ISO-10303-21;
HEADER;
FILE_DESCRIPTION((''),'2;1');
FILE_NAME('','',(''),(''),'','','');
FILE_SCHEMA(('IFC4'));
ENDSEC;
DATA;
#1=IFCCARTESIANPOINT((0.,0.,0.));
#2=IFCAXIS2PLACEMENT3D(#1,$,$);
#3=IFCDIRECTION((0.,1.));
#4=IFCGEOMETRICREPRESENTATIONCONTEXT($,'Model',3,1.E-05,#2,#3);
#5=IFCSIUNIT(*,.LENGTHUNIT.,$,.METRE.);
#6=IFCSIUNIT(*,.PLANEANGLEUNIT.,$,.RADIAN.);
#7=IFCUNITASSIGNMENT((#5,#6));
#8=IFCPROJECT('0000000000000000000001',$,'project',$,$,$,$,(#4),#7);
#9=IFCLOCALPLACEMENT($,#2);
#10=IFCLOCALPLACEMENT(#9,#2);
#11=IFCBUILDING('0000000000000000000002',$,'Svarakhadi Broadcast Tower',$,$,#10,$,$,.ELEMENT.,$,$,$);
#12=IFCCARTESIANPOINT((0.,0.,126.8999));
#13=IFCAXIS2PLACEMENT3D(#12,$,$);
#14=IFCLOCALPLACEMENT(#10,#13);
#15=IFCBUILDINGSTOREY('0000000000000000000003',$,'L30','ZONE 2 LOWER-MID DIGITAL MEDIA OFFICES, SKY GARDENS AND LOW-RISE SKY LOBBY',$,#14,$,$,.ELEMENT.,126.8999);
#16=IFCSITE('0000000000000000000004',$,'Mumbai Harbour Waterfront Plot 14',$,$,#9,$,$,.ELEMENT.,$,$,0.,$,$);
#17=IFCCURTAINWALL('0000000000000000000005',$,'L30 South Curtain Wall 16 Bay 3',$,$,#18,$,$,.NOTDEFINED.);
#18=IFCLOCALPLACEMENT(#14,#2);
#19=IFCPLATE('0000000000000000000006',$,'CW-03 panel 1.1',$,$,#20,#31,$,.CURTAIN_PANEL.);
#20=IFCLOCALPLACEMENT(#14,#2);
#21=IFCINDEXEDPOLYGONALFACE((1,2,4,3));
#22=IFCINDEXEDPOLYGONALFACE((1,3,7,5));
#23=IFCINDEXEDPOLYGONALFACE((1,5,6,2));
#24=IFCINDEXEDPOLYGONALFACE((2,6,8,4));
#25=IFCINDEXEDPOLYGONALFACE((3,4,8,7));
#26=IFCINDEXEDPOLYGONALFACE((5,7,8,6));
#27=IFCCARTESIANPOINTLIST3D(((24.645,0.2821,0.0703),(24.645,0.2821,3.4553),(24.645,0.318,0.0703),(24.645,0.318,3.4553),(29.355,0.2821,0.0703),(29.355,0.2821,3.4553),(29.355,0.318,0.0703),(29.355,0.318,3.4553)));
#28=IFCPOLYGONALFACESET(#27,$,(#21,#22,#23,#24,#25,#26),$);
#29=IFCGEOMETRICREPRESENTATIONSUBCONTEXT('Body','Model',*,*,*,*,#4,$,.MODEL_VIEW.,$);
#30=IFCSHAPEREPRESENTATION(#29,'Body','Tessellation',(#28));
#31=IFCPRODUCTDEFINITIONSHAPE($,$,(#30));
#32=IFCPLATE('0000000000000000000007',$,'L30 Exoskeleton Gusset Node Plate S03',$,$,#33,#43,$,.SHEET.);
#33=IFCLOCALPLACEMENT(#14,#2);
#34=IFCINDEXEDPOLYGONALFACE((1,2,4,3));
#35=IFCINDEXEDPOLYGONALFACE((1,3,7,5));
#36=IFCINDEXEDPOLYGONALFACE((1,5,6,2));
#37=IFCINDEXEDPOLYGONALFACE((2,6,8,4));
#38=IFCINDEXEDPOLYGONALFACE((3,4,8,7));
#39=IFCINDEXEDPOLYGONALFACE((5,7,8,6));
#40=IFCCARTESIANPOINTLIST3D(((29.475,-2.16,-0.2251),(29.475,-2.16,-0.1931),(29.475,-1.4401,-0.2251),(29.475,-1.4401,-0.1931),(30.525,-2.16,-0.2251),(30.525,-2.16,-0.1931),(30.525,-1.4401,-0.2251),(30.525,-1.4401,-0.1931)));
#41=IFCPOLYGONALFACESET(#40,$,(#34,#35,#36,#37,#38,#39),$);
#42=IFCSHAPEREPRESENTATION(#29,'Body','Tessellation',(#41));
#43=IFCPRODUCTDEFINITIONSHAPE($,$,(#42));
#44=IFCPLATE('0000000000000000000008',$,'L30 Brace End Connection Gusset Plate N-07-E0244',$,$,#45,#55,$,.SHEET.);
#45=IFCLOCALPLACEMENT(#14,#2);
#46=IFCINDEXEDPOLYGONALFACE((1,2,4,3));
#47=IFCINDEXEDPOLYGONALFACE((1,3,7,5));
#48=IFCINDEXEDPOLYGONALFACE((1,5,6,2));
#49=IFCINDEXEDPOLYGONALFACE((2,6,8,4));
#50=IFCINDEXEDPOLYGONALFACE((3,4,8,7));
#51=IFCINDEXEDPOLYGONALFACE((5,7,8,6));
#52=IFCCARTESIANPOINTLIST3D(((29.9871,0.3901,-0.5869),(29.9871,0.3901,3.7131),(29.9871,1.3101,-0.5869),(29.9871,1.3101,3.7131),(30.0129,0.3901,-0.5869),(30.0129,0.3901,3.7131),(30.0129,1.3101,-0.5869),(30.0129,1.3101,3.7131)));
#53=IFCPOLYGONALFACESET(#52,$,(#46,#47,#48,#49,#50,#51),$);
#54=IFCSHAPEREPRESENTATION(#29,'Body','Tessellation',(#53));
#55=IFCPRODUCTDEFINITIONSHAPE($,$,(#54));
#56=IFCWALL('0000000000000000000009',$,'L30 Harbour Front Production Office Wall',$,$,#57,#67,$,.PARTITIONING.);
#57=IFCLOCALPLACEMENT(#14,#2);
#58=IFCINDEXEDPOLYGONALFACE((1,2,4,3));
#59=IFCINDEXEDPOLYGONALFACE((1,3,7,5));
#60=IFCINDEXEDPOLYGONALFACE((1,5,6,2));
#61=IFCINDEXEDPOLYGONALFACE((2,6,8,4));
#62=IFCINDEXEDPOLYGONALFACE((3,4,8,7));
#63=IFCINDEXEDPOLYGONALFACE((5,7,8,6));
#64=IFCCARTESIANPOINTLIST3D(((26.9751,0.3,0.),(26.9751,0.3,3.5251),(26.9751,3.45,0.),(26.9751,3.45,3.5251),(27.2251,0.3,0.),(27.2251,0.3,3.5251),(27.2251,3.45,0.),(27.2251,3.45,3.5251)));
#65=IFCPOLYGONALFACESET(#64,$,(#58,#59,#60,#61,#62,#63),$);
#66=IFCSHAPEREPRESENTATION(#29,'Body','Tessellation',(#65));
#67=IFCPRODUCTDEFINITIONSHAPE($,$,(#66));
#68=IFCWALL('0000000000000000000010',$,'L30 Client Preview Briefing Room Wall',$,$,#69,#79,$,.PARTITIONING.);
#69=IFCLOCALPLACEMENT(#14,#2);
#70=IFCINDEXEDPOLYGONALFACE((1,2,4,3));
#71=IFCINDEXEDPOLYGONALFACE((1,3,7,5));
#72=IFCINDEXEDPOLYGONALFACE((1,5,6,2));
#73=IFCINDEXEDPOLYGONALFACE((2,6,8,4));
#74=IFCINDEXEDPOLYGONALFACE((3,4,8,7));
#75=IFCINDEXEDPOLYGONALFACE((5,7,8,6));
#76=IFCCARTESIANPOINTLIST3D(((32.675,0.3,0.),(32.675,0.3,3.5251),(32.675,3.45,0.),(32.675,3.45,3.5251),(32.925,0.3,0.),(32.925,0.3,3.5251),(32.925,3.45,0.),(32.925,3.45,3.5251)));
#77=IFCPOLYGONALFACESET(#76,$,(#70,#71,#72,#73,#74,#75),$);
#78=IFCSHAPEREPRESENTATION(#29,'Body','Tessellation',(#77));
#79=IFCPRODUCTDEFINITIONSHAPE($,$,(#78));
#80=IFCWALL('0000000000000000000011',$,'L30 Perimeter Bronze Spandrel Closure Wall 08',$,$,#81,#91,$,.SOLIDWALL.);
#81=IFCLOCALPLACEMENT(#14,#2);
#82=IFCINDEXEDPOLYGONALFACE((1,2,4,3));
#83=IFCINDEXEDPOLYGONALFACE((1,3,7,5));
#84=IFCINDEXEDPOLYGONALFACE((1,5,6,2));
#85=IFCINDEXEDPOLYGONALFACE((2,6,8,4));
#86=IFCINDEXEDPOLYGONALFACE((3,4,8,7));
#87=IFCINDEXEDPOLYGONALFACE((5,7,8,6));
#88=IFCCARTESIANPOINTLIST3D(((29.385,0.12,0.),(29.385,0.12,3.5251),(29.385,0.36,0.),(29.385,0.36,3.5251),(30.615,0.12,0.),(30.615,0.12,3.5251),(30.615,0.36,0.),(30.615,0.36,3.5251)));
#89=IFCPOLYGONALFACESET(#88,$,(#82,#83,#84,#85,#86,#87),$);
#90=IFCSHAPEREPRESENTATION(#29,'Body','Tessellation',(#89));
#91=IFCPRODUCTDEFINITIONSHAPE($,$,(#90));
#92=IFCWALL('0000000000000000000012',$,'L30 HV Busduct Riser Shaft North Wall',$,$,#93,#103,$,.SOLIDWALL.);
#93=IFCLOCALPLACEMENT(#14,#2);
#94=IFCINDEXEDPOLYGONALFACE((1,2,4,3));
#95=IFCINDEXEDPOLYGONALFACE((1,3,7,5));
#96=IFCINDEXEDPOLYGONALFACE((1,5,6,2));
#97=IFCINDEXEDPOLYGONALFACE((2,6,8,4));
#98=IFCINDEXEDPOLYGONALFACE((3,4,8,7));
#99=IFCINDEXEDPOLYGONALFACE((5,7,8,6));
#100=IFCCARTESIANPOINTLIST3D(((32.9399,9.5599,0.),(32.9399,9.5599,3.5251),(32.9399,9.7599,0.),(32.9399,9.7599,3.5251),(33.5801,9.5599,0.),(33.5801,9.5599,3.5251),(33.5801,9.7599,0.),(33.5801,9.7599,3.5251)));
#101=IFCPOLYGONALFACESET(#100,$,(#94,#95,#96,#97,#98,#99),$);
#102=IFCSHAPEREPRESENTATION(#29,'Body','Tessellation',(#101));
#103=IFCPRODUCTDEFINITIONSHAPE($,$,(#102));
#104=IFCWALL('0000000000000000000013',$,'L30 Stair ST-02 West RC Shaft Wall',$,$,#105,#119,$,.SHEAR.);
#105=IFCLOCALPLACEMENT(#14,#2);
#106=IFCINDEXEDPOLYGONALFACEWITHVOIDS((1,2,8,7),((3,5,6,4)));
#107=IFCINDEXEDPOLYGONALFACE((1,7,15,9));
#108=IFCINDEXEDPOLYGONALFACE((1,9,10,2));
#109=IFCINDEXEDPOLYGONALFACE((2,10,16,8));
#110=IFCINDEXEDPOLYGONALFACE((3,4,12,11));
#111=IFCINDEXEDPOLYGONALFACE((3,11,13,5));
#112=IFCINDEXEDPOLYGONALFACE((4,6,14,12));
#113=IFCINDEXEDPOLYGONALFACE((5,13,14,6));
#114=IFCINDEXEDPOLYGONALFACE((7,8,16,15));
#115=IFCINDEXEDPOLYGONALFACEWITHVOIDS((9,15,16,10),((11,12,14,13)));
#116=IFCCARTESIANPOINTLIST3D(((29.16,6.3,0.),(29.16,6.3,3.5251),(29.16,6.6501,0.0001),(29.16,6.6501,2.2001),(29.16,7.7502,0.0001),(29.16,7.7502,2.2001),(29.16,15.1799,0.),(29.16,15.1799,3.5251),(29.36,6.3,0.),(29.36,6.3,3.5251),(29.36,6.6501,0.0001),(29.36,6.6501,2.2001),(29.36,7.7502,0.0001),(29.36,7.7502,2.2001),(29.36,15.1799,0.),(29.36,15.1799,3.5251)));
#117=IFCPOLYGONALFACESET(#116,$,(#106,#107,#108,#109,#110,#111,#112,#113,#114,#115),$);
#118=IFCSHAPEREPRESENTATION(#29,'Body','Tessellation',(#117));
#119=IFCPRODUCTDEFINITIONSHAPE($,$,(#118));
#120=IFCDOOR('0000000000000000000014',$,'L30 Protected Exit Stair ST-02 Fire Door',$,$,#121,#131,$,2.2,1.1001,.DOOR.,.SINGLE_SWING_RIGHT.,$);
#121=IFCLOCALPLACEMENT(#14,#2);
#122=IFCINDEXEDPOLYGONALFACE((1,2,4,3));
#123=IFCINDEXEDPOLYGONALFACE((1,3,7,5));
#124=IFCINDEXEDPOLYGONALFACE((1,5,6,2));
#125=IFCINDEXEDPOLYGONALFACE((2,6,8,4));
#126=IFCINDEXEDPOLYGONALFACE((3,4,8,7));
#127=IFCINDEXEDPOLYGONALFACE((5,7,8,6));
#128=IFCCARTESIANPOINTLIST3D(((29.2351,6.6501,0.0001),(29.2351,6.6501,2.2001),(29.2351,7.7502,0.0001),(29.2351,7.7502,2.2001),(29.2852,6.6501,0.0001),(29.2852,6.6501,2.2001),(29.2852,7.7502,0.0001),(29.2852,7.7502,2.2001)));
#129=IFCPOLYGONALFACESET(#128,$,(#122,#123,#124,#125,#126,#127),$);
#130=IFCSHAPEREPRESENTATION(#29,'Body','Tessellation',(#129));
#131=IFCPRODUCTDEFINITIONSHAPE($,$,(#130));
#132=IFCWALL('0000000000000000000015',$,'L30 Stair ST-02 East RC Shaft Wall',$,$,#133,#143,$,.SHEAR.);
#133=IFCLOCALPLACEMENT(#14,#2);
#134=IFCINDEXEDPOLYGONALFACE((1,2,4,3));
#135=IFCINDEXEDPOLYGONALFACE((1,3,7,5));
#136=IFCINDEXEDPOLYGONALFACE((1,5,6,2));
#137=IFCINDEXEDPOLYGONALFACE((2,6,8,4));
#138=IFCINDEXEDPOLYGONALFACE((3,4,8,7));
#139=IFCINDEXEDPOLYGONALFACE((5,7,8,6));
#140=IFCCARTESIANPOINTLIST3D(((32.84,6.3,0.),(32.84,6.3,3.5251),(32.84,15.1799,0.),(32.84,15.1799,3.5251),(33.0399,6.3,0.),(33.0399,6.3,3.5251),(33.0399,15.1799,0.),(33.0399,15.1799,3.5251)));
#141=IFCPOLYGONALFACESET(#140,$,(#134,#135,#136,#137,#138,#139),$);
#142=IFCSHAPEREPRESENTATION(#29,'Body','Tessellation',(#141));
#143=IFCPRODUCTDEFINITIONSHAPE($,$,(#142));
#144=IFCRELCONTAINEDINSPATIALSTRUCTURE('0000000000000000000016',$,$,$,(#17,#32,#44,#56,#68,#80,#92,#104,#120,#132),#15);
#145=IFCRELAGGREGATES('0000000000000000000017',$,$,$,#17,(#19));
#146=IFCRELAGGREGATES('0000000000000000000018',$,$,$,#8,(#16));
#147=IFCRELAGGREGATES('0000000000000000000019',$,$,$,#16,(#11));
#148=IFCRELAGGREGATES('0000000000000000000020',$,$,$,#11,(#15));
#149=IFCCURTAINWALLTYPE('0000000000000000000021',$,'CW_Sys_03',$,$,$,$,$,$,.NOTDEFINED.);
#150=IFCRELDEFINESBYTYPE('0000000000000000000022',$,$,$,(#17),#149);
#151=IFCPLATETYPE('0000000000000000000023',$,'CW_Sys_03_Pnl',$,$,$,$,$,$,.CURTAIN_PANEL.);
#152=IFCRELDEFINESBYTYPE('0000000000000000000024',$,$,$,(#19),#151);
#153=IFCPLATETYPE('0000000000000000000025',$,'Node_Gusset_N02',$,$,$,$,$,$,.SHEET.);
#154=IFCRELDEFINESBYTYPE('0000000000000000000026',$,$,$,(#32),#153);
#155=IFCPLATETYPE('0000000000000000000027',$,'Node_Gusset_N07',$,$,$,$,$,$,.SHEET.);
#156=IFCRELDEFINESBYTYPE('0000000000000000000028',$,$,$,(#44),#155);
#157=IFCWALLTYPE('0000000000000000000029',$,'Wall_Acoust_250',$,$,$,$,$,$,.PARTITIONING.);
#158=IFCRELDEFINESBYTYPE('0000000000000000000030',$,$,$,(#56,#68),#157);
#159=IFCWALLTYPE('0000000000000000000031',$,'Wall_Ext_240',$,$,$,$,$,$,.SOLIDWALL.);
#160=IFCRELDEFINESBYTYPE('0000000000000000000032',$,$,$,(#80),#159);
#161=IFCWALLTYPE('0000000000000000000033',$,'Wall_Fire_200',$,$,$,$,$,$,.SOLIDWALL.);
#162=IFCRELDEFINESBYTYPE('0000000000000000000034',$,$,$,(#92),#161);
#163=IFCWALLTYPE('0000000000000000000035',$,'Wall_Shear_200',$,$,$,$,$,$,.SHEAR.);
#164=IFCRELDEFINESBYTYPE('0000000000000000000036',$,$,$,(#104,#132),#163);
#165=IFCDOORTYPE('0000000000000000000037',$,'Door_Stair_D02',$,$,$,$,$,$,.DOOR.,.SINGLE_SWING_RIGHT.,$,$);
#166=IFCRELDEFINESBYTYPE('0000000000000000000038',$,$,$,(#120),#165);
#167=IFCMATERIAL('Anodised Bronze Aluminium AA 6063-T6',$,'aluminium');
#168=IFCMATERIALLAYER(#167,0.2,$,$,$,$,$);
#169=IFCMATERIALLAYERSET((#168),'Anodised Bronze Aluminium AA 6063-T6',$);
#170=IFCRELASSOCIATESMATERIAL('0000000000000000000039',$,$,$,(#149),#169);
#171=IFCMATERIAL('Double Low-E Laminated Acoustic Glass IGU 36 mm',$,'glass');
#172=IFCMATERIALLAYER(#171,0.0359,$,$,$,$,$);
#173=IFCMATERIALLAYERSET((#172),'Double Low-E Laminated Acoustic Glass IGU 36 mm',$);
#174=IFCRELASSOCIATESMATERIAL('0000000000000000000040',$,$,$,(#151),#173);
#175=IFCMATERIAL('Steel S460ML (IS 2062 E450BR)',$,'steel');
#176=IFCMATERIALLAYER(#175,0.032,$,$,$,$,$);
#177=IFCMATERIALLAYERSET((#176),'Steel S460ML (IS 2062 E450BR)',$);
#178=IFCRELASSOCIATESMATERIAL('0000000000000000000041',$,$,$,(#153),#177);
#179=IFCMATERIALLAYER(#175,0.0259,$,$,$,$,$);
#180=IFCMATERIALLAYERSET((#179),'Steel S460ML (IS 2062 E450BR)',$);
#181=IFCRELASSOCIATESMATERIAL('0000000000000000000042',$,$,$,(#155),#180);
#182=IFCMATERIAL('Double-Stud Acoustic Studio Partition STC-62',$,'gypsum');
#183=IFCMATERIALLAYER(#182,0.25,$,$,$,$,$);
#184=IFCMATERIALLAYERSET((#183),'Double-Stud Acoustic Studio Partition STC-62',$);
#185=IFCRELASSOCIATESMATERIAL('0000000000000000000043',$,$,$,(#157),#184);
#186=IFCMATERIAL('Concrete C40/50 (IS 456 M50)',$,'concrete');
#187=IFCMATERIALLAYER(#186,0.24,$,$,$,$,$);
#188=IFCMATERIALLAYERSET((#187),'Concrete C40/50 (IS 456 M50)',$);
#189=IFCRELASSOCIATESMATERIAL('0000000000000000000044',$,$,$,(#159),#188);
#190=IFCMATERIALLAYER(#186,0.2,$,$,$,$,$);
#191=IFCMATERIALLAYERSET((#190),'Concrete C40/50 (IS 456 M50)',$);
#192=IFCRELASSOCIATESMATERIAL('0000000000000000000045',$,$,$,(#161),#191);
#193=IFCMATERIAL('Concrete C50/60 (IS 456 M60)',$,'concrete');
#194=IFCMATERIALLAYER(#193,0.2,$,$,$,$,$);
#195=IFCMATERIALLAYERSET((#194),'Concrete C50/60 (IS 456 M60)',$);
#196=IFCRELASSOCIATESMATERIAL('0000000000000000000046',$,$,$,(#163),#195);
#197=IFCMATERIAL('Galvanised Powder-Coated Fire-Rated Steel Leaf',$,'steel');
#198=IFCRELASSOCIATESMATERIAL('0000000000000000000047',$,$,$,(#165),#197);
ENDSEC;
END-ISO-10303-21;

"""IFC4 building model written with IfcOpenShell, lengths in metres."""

from ifc_helpers import new_model, si_unit, direction, frame, frame_2d, origin, origin_2d, place, context, subcontext, project, spatial, rectangle, extrude, material, layer, layer_set, type_object, element, fill, aggregate, save


model = new_model("IFC4")

# Units and contexts
model_context = context("Model", 3, precision=1e-05, world=origin(), true_north=direction((0.0, 1.0)))
body_context = subcontext(model_context, "Body", "Model", "MODEL_VIEW")
ifc_project = project(units=[si_unit("LENGTHUNIT", "METRE"), si_unit("PLANEANGLEUNIT", "RADIAN")], contexts=[model_context])

# Site, building, storey
site_placement = place(None, origin())
site = spatial("IfcSite", under=ifc_project, at=site_placement, Name="Mumbai Harbour Waterfront Plot 14", CompositionType="ELEMENT", RefElevation=0.0)
building_placement = place(site_placement, origin())
building = spatial("IfcBuilding", under=site, at=building_placement, Name="Svarakhadi Broadcast Tower", CompositionType="ELEMENT")
storey_placement = place(building_placement, frame((0.0, 0.0, 126.8999)))
storey = spatial("IfcBuildingStorey", under=building, at=storey_placement, Name="L30", Description="ZONE 2 LOWER-MID DIGITAL MEDIA OFFICES, SKY GARDENS AND LOW-RISE SKY LOBBY", CompositionType="ELEMENT", Elevation=126.8999)

# Shared definitions
ifc_material_1 = material(Name="Concrete C50/60 (IS 456 M60)", Category="concrete")

# Shared definitions
ifc_material_2 = material(Name="Anodised Bronze Aluminium AA 6063-T6", Category="aluminium")
ifc_layer_1 = layer(ifc_material_2, 0.2)
ifc_layer_set_1 = layer_set([ifc_layer_1], Name="Anodised Bronze Aluminium AA 6063-T6")
curtain_wall_type = type_object("IfcCurtainWallType", Name="CW_Sys_03", PredefinedType="NOTDEFINED", material=ifc_layer_set_1)

# Curtain wall
curtain_wall_1_placement = place(storey_placement, origin())
curtain_wall_1 = element("IfcCurtainWall", 1, at=curtain_wall_1_placement, inside=storey, type_object=curtain_wall_type, Name="L30 South Curtain Wall 16 Bay 3", PredefinedType="NOTDEFINED")

# Shared definitions
ifc_material_3 = material(Name="Steel S460ML (IS 2062 E450BR)", Category="steel")

# Plate
ifc_material_4 = material(Name="Double Low-E Laminated Acoustic Glass IGU 36 mm", Category="glass")
ifc_layer_2 = layer(ifc_material_4, 0.0359)
ifc_layer_set_2 = layer_set([ifc_layer_2], Name="Double Low-E Laminated Acoustic Glass IGU 36 mm")
plate_type_1 = type_object("IfcPlateType", Name="CW_Sys_03_Pnl", PredefinedType="CURTAIN_PANEL", material=ifc_layer_set_2)
plate_1_placement = place(storey_placement, frame((27.0, 0.3, 0.0703), z_axis=(0.0, 0.0, 1.0), x_axis=(-1.0, 0.0, 0.0)))
plate_1 = element("IfcPlate", 2, at=plate_1_placement, type_object=plate_type_1, Name="CW-03 panel 1.1", PredefinedType="CURTAIN_PANEL", context=body_context, shape_type="SweptSolid", body=[
    extrude(rectangle(XDim=4.71, YDim=0.0359, at=origin_2d()), origin(), (0.0, 0.0, 1.0), 3.385),
])
aggregate(curtain_wall_1, [plate_1])

# Plates
ifc_layer_3 = layer(ifc_material_3, 0.032)
ifc_layer_set_3 = layer_set([ifc_layer_3], Name="Steel S460ML (IS 2062 E450BR)")
plate_type_2 = type_object("IfcPlateType", Name="Node_Gusset_N02", PredefinedType="SHEET", material=ifc_layer_set_3)
plate_2_placement = place(storey_placement, frame((30.0, -1.8, -0.2251), z_axis=(0.0, 0.0, 1.0), x_axis=(1.0, 0.0, 0.0)))
element("IfcPlate", 3, at=plate_2_placement, inside=storey, type_object=plate_type_2, Name="L30 Exoskeleton Gusset Node Plate S03", PredefinedType="SHEET", context=body_context, shape_type="SweptSolid", body=[
    extrude(rectangle(XDim=1.05, YDim=0.72, at=origin_2d()), origin(), (0.0, 0.0, 1.0), 0.032),
])
ifc_layer_4 = layer(ifc_material_3, 0.0259)
ifc_layer_set_4 = layer_set([ifc_layer_4], Name="Steel S460ML (IS 2062 E450BR)")
plate_type_3 = type_object("IfcPlateType", Name="Node_Gusset_N07", PredefinedType="SHEET", material=ifc_layer_set_4)
plate_3_placement = place(storey_placement, frame((30.0, 0.8501, -0.5869), z_axis=(0.0, 0.0, 1.0), x_axis=(0.0, 1.0, 0.0)))
element("IfcPlate", 4, at=plate_3_placement, inside=storey, type_object=plate_type_3, Name="L30 Brace End Connection Gusset Plate N-07-E0244", PredefinedType="SHEET", context=body_context, shape_type="SweptSolid", body=[
    extrude(rectangle(XDim=0.9199, YDim=0.0259, at=origin_2d()), origin(), (0.0, 0.0, 1.0), 4.3),
])

# Walls
ifc_material_5 = material(Name="Double-Stud Acoustic Studio Partition STC-62", Category="gypsum")
ifc_layer_5 = layer(ifc_material_5, 0.25)
ifc_layer_set_5 = layer_set([ifc_layer_5], Name="Double-Stud Acoustic Studio Partition STC-62")
wall_type_1 = type_object("IfcWallType", Name="Wall_Acoust_250", PredefinedType="PARTITIONING", material=ifc_layer_set_5)
for number, where, z_axis, x_axis, name in (
    (5, (27.1001, 0.3, 0.0), (0.0, 0.0, 1.0), (0.0, 1.0, 0.0), "L30 Harbour Front Production Office Wall"),
    (6, (32.8, 0.3, 0.0), (0.0, 0.0, 1.0), (0.0, 1.0, 0.0), "L30 Client Preview Briefing Room Wall"),
):
    element("IfcWall", number, at=place(storey_placement, frame(where, z_axis=z_axis, x_axis=x_axis)), inside=storey, type_object=wall_type_1, Name=name, PredefinedType="PARTITIONING", context=body_context, shape_type="SweptSolid", body=[
        extrude(rectangle(XDim=3.1499, YDim=0.25, at=frame_2d((1.575, 0.0))), origin(), (0.0, 0.0, 1.0), 3.5251),
    ])
ifc_material_6 = material(Name="Concrete C40/50 (IS 456 M50)", Category="concrete")
ifc_layer_6 = layer(ifc_material_6, 0.24)
ifc_layer_set_6 = layer_set([ifc_layer_6], Name="Concrete C40/50 (IS 456 M50)")
wall_type_2 = type_object("IfcWallType", Name="Wall_Ext_240", PredefinedType="SOLIDWALL", material=ifc_layer_set_6)
wall_1_placement = place(storey_placement, frame((30.615, 0.24, 0.0), z_axis=(0.0, 0.0, 1.0), x_axis=(-1.0, 0.0, 0.0)))
element("IfcWall", 7, at=wall_1_placement, inside=storey, type_object=wall_type_2, Name="L30 Perimeter Bronze Spandrel Closure Wall 08", PredefinedType="SOLIDWALL", context=body_context, shape_type="SweptSolid", body=[
    extrude(rectangle(XDim=1.23, YDim=0.24, at=frame_2d((0.615, 0.0))), origin(), (0.0, 0.0, 1.0), 3.5251),
])
ifc_layer_7 = layer(ifc_material_6, 0.2)
ifc_layer_set_7 = layer_set([ifc_layer_7], Name="Concrete C40/50 (IS 456 M50)")
wall_type_3 = type_object("IfcWallType", Name="Wall_Fire_200", PredefinedType="SOLIDWALL", material=ifc_layer_set_7)
wall_2_placement = place(storey_placement, frame((32.9399, 9.6599, 0.0), z_axis=(0.0, 0.0, 1.0), x_axis=(1.0, 0.0, 0.0)))
element("IfcWall", 8, at=wall_2_placement, inside=storey, type_object=wall_type_3, Name="L30 HV Busduct Riser Shaft North Wall", PredefinedType="SOLIDWALL", context=body_context, shape_type="SweptSolid", body=[
    extrude(rectangle(XDim=0.6401, YDim=0.2, at=frame_2d((0.3201, 0.0))), origin(), (0.0, 0.0, 1.0), 3.5251),
])

# Wall, opening, door
ifc_layer_8 = layer(ifc_material_1, 0.2)
ifc_layer_set_8 = layer_set([ifc_layer_8], Name="Concrete C50/60 (IS 456 M60)")
wall_type_4 = type_object("IfcWallType", Name="Wall_Shear_200", PredefinedType="SHEAR", material=ifc_layer_set_8)
wall_3_placement = place(storey_placement, frame((29.26, 6.3, 0.0), z_axis=(0.0, 0.0, 1.0), x_axis=(0.0, 1.0, 0.0)))
wall_3 = element("IfcWall", 9, at=wall_3_placement, inside=storey, type_object=wall_type_4, Name="L30 Stair ST-02 West RC Shaft Wall", PredefinedType="SHEAR", context=body_context, shape_type="SweptSolid", body=[
    extrude(rectangle(XDim=8.8799, YDim=0.2, at=frame_2d((4.4399, 0.0))), origin(), (0.0, 0.0, 1.0), 3.5251),
])
opening_1_placement = place(wall_3_placement, frame((0.3501, 0.0, 0.0)))
opening_1 = element("IfcOpeningElement", 10, at=opening_1_placement, cuts=wall_3, PredefinedType="OPENING", context=body_context, shape_type="SweptSolid", body=[
    extrude(rectangle(XDim=1.1001, YDim=2.2, at=frame_2d((0.55, 1.1001))), frame((0.0, 0.1099, 0.0), z_axis=(0.0, -1.0, 0.0), x_axis=(1.0, 0.0, 0.0)), (0.0, 0.0, 1.0), 0.22),
])
ifc_material_7 = material(Name="Galvanised Powder-Coated Fire-Rated Steel Leaf", Category="steel")
door_type_1 = type_object("IfcDoorType", Name="Door_Stair_D02", OperationType="SINGLE_SWING_RIGHT", PredefinedType="DOOR", material=ifc_material_7)
door_1_placement = place(opening_1_placement, origin())
door_1 = element("IfcDoor", 11, at=door_1_placement, inside=storey, type_object=door_type_1, Name="L30 Protected Exit Stair ST-02 Fire Door", OperationType="SINGLE_SWING_RIGHT", OverallHeight=2.2, OverallWidth=1.1001, PredefinedType="DOOR", context=body_context, shape_type="SweptSolid", body=[
    extrude(rectangle(XDim=1.1001, YDim=2.2, at=frame_2d((0.55, 1.1001))), frame((0.0, 0.0249, 0.0), z_axis=(0.0, -1.0, 0.0), x_axis=(1.0, 0.0, 0.0)), (0.0, 0.0, 1.0), 0.05),
])
fill(opening_1, door_1)

# Wall
wall_4_placement = place(storey_placement, frame((32.9399, 6.3, 0.0), z_axis=(0.0, 0.0, 1.0), x_axis=(0.0, 1.0, 0.0)))
element("IfcWall", 12, at=wall_4_placement, inside=storey, type_object=wall_type_4, Name="L30 Stair ST-02 East RC Shaft Wall", PredefinedType="SHEAR", context=body_context, shape_type="SweptSolid", body=[
    extrude(rectangle(XDim=8.8799, YDim=0.2, at=frame_2d((4.4399, 0.0))), origin(), (0.0, 0.0, 1.0), 3.5251),
])

save(model, "model.ifc")
